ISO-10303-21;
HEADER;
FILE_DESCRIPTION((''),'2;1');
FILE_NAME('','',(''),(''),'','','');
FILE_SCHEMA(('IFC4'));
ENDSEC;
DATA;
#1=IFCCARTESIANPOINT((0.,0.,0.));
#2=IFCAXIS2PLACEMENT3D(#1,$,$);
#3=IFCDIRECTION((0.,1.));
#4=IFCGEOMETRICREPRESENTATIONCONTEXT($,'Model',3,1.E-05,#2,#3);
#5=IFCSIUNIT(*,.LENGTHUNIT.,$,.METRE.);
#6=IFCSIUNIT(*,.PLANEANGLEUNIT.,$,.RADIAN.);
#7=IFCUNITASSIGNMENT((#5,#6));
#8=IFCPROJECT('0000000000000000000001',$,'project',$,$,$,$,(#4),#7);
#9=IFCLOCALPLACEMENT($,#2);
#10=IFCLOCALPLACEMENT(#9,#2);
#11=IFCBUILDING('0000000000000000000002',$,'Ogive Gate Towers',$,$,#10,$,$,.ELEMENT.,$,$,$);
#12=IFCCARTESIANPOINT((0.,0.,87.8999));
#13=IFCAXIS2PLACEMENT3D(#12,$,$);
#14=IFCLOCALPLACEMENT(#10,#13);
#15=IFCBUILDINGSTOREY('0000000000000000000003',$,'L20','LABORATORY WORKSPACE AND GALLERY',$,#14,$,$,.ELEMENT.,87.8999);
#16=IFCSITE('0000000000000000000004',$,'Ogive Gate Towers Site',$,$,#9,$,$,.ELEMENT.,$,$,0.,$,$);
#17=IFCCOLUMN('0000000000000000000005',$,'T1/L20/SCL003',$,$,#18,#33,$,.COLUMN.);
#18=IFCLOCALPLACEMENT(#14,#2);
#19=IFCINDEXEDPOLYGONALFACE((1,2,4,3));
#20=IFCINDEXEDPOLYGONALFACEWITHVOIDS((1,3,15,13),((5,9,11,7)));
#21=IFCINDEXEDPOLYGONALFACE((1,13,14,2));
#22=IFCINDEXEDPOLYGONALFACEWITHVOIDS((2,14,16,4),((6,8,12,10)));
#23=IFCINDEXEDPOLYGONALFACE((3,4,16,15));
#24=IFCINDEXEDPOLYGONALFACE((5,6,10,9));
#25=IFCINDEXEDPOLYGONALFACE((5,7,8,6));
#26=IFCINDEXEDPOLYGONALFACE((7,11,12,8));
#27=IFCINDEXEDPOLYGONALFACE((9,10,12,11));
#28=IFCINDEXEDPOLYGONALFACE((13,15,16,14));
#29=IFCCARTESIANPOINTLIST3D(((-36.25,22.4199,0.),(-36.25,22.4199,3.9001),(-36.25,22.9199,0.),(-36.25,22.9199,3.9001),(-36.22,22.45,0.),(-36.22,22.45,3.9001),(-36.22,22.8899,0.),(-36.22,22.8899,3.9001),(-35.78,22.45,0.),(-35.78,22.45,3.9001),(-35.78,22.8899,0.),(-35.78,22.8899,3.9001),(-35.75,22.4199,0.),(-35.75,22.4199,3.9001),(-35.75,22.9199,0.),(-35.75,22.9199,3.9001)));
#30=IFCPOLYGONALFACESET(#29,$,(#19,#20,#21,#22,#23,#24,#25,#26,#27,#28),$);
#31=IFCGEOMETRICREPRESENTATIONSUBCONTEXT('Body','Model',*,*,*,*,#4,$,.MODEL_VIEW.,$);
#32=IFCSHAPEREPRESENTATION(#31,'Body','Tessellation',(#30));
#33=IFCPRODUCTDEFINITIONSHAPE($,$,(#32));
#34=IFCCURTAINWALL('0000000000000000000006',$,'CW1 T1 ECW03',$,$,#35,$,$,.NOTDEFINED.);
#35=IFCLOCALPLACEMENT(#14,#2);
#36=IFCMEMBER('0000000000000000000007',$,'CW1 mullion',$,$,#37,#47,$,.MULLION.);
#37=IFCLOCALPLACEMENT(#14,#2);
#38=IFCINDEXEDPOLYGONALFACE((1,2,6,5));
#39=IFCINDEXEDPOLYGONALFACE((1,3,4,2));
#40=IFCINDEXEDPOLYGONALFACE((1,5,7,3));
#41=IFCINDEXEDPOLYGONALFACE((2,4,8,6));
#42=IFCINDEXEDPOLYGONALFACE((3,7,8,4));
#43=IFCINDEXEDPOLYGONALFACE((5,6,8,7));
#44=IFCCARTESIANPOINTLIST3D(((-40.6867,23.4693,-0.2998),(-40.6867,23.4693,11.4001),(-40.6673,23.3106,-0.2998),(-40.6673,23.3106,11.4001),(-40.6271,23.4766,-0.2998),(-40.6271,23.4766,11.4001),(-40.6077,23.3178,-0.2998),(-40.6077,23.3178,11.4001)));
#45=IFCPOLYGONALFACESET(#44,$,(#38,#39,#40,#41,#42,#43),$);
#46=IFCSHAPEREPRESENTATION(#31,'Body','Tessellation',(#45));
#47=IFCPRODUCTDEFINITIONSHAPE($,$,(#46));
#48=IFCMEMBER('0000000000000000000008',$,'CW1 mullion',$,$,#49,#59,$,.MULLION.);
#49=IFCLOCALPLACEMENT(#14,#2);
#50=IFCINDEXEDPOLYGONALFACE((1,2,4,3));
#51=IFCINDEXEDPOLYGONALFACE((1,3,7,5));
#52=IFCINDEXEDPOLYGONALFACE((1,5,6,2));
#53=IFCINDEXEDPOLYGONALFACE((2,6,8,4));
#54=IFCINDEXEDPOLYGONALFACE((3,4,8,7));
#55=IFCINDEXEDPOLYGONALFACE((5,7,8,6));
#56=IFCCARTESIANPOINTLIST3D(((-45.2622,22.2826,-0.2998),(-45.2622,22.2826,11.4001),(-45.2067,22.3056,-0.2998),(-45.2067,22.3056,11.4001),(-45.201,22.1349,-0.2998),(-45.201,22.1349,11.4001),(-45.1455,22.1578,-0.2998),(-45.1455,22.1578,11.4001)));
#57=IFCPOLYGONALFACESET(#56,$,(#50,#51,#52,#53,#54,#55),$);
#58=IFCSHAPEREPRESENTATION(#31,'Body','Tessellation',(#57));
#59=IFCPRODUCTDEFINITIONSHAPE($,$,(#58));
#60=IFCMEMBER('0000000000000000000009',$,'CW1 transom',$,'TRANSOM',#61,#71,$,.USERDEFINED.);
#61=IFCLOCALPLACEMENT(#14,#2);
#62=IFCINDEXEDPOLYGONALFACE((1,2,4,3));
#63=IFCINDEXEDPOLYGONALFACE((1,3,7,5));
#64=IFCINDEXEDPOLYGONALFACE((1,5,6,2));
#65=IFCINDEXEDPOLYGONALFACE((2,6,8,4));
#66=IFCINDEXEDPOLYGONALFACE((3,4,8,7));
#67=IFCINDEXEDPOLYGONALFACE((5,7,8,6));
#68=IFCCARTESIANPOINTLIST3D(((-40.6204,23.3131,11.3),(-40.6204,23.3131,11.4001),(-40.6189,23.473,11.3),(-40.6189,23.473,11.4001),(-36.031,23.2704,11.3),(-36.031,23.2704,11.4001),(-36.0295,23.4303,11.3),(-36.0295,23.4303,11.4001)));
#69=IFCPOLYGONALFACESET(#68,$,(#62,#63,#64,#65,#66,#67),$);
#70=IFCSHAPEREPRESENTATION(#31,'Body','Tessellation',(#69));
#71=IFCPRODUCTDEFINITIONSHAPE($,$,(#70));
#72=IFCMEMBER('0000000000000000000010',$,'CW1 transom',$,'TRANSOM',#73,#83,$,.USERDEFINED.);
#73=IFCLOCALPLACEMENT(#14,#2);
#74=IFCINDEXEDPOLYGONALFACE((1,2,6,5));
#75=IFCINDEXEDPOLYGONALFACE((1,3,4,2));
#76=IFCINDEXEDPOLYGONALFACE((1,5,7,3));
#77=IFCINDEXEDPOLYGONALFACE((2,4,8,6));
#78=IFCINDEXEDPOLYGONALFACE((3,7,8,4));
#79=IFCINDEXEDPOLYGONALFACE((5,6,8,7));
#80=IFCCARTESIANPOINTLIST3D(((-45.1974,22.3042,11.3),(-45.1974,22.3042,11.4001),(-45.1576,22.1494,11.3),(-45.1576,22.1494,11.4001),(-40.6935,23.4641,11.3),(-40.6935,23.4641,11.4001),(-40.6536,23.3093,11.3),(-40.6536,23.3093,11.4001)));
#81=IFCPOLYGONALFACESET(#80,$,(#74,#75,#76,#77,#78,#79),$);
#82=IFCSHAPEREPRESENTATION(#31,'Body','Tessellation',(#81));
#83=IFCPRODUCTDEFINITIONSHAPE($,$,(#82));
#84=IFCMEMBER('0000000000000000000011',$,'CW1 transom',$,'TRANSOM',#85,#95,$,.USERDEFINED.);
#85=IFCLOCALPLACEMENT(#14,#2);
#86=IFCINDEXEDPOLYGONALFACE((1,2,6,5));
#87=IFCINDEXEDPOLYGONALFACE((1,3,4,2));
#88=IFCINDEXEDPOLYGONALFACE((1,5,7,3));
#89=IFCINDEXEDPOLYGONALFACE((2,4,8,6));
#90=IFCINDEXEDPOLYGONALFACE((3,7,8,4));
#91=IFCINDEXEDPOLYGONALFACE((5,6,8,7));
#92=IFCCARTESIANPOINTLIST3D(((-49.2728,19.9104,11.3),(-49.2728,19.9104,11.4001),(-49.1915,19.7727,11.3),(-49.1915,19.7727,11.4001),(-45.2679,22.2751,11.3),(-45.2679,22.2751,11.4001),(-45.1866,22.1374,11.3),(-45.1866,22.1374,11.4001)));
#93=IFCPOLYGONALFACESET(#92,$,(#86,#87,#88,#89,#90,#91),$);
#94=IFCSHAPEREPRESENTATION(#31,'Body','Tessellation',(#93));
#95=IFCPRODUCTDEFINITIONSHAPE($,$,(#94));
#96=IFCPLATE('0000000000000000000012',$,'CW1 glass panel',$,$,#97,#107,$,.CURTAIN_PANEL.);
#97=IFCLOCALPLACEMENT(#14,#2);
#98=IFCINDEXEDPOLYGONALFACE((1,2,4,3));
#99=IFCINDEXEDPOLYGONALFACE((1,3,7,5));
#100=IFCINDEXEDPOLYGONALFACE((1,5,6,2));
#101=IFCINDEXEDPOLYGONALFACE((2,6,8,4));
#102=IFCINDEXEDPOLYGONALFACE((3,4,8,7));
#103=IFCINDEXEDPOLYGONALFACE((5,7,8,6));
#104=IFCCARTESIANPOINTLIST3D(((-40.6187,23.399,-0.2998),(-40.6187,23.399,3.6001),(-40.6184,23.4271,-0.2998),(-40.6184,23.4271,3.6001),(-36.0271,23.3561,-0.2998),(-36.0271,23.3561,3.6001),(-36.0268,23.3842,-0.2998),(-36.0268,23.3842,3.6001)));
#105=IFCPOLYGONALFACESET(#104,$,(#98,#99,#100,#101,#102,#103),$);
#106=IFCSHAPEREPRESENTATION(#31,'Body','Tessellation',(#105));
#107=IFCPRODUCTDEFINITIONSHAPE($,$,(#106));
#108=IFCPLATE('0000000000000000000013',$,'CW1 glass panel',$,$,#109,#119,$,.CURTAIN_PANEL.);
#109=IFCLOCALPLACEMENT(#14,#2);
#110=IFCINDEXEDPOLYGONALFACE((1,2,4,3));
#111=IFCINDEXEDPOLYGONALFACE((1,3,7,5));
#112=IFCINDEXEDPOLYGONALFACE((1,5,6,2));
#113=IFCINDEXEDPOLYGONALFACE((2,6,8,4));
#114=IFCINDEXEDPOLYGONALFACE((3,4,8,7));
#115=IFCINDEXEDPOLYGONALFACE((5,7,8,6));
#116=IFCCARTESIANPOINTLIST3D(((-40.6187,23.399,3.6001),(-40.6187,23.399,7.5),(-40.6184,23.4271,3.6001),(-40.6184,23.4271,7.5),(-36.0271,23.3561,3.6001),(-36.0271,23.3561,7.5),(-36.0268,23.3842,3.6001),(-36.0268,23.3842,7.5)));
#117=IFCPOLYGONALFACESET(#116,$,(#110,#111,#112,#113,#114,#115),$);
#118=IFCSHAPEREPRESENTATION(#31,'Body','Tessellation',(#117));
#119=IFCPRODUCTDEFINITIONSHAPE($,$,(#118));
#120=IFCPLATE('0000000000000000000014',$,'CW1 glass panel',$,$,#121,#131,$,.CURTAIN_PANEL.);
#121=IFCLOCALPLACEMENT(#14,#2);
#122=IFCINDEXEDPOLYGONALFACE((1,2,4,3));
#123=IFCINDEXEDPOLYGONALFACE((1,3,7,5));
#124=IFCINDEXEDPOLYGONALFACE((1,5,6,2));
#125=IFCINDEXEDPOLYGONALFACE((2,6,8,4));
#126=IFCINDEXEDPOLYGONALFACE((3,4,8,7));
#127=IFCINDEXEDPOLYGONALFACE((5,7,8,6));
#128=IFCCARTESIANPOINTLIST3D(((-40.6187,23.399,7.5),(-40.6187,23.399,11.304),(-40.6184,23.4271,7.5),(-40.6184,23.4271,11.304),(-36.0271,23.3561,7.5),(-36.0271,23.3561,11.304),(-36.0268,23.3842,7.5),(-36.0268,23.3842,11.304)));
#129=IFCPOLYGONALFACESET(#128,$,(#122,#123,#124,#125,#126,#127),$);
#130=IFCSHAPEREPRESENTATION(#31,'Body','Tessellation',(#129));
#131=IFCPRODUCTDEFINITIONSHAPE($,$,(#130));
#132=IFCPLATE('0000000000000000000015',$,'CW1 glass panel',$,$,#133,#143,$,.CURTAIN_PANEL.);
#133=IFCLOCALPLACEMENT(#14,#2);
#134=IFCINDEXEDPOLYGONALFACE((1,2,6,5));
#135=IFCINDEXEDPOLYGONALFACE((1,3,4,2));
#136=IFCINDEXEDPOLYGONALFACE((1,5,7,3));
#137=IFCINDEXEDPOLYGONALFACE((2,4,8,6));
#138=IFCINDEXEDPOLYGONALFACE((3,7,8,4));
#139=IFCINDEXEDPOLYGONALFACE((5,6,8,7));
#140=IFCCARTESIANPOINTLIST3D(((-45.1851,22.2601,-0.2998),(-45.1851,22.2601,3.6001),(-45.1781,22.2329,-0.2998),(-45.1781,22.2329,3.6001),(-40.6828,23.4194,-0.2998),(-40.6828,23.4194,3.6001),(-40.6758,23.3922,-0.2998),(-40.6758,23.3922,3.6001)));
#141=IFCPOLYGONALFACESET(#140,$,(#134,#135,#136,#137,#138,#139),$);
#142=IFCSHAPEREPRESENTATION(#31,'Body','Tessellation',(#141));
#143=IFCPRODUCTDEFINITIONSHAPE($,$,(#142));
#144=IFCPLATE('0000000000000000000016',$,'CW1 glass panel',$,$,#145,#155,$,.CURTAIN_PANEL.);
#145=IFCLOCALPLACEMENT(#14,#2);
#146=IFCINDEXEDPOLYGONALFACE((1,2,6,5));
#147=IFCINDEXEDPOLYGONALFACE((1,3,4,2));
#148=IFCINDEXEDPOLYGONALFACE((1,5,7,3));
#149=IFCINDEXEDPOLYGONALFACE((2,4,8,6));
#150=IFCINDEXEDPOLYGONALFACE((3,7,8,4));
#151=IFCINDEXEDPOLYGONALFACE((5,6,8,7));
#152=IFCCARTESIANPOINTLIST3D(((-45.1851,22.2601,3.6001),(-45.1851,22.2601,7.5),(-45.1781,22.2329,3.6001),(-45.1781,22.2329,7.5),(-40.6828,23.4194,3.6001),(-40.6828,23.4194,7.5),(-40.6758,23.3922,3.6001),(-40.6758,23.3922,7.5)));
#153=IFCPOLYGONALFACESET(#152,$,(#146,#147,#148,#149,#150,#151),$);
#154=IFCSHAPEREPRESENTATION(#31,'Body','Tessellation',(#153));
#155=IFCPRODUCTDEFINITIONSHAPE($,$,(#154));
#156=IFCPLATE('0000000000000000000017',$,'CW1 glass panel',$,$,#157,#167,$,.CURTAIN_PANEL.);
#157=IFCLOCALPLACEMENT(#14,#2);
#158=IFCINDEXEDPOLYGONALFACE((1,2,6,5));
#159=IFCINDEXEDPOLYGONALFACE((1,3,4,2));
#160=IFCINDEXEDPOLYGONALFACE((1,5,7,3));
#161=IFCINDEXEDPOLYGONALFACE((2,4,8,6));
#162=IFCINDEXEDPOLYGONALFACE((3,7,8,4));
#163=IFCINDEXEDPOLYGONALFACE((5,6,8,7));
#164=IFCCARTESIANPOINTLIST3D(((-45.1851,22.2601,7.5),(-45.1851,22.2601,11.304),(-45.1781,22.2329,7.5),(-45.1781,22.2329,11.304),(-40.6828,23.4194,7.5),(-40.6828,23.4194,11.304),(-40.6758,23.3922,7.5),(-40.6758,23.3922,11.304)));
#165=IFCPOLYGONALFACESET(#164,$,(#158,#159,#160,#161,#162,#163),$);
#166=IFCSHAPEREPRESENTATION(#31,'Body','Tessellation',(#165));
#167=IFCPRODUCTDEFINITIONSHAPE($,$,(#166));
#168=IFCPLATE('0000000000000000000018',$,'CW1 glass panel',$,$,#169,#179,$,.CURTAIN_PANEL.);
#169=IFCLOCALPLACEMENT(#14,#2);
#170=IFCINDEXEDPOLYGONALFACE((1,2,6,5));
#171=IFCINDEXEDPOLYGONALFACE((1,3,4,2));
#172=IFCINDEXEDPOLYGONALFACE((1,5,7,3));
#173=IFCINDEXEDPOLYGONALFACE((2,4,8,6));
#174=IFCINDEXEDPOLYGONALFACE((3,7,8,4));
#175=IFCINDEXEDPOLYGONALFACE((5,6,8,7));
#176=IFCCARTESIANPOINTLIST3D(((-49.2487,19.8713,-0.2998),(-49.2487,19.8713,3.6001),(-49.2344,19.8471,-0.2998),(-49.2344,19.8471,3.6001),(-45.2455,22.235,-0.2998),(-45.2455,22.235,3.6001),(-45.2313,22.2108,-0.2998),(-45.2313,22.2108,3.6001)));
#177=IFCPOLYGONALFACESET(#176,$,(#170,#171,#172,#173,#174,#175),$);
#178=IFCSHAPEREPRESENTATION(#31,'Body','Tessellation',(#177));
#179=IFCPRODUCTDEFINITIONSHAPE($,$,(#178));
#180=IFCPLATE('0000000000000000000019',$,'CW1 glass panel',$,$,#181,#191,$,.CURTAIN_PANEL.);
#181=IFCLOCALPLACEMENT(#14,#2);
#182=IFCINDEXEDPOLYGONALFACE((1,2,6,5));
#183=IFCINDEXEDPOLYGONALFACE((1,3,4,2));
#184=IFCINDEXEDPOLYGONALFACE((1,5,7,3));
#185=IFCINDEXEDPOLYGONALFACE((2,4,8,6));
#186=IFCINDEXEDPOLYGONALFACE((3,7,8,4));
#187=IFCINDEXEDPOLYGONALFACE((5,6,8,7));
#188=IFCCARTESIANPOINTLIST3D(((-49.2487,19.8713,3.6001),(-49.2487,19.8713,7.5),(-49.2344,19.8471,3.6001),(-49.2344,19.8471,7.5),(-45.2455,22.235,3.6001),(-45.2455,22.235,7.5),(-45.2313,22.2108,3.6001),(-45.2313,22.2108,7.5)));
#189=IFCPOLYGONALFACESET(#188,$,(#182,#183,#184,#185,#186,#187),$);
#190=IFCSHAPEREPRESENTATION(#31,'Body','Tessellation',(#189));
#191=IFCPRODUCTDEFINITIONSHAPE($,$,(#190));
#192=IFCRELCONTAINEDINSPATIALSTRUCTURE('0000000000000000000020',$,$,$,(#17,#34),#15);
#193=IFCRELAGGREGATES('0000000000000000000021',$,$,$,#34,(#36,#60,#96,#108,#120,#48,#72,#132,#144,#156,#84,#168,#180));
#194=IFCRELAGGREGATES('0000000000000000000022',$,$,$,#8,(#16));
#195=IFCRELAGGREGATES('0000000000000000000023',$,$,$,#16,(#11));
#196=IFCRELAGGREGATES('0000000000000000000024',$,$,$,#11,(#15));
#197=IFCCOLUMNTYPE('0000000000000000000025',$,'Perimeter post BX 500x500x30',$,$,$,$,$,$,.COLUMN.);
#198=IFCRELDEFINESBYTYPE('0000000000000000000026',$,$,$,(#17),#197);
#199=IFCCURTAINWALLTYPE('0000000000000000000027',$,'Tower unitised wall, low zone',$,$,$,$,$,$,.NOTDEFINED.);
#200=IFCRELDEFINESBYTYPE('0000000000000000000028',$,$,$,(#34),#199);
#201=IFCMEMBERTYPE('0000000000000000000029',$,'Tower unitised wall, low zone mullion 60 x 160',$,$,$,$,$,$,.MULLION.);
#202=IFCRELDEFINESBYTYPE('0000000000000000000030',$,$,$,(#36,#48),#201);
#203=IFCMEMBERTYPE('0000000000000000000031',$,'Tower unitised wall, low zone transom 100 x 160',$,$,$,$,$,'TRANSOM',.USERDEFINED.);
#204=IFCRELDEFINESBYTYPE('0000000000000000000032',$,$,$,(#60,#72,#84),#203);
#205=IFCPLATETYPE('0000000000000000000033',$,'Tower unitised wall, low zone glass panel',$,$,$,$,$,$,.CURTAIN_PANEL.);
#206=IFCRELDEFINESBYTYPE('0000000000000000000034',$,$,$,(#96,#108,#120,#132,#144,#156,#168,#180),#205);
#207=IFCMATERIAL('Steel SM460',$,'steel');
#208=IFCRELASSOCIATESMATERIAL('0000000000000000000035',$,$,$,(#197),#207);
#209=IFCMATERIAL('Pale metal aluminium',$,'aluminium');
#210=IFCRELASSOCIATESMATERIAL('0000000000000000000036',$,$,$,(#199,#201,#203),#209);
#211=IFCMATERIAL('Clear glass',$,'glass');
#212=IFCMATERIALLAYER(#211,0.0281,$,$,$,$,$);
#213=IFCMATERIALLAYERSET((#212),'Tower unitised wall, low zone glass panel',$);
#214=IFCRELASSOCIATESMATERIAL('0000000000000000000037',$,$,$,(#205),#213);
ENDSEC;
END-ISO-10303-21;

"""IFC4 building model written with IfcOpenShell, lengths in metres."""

from ifc_helpers import new_model, si_unit, direction, frame, origin, origin_2d, place, context, subcontext, project, spatial, rectangle, hollow_rectangle, extrude, material, layer, layer_set, material_profile, profile_set, type_object, element, aggregate, save


model = new_model("IFC4")

# Units and contexts
model_context = context("Model", 3, precision=1e-05, world=origin(), true_north=direction((0.0, 1.0)))
body_context = subcontext(model_context, "Body", "Model", "MODEL_VIEW")
ifc_project = project(units=[si_unit("LENGTHUNIT", "METRE"), si_unit("PLANEANGLEUNIT", "RADIAN")], contexts=[model_context])

# Site, building, storey
site_placement = place(None, origin())
site = spatial("IfcSite", under=ifc_project, at=site_placement, Name="Ogive Gate Towers Site", CompositionType="ELEMENT", RefElevation=0.0)
building_placement = place(site_placement, origin())
building = spatial("IfcBuilding", under=site, at=building_placement, Name="Ogive Gate Towers", CompositionType="ELEMENT")
storey_placement = place(building_placement, frame((0.0, 0.0, 87.8999)))
storey = spatial("IfcBuildingStorey", under=building, at=storey_placement, Name="L20", Description="LABORATORY WORKSPACE AND GALLERY", CompositionType="ELEMENT", Elevation=87.8999)

# Column
ifc_material_1 = material(Name="Steel SM460", Category="steel")
ifc_material_profile_1 = material_profile(ifc_material_1, hollow_rectangle(XDim=0.5, YDim=0.5, WallThickness=0.03, at=origin_2d()), Name="BX 500x500x30")
ifc_profile_set_1 = profile_set([ifc_material_profile_1], Name="Steel SM460")
column_type = type_object("IfcColumnType", Name="Perimeter post BX 500x500x30", PredefinedType="COLUMN", material=ifc_profile_set_1)
column_placement = place(storey_placement, frame((-36.0, 22.6699, 0.0), z_axis=(0.0, 0.0, 1.0), x_axis=(1.0, 0.0, 0.0)))
element("IfcColumn", 1, at=column_placement, inside=storey, type_object=column_type, Name="T1/L20/SCL003", PredefinedType="COLUMN", context=body_context, shape_type="SweptSolid", body=[
    extrude(hollow_rectangle(XDim=0.5, YDim=0.5, WallThickness=0.03, at=origin_2d()), origin(), (0.0, 0.0, 1.0), 3.9001),
])

# Curtain wall, members, plates
ifc_material_2 = material(Name="Pale metal aluminium", Category="aluminium")
curtain_wall_type = type_object("IfcCurtainWallType", Name="Tower unitised wall, low zone", PredefinedType="NOTDEFINED", material=ifc_material_2)
curtain_wall_placement = place(storey_placement, origin())
curtain_wall = element("IfcCurtainWall", 2, at=curtain_wall_placement, inside=storey, type_object=curtain_wall_type, Name="CW1 T1 ECW03", PredefinedType="NOTDEFINED")
ifc_material_profile_2 = material_profile(ifc_material_2, rectangle(XDim=0.1599, YDim=0.0601, at=origin_2d()), Name="60 x 160 aluminium box")
ifc_profile_set_2 = profile_set([ifc_material_profile_2], Name="Pale metal aluminium")
member_type_1 = type_object("IfcMemberType", Name="Tower unitised wall, low zone mullion 60 x 160", PredefinedType="MULLION", material=ifc_profile_set_2)
member_1_placement = place(storey_placement, frame((-40.6472, 23.3936, -0.2998), z_axis=(0.0, 0.0, 1.0), x_axis=(-0.121038, 0.992648, 0.0)))
member_1 = element("IfcMember", 3, at=member_1_placement, type_object=member_type_1, Name="CW1 mullion", PredefinedType="MULLION", context=body_context, shape_type="SweptSolid", body=[
    extrude(rectangle(XDim=0.1599, YDim=0.0601, at=origin_2d()), origin(), (0.0, 0.0, 1.0), 11.7),
])
member_2_placement = place(storey_placement, frame((-45.2039, 22.2202, -0.2998), z_axis=(0.0, 0.0, 1.0), x_axis=(-0.382683, 0.92388, 0.0)))
member_2 = element("IfcMember", 4, at=member_2_placement, type_object=member_type_1, Name="CW1 mullion", PredefinedType="MULLION", context=body_context, shape_type="SweptSolid", body=[
    extrude(rectangle(XDim=0.1599, YDim=0.0601, at=origin_2d()), origin(), (0.0, 0.0, 1.0), 11.7),
])
ifc_material_profile_3 = material_profile(ifc_material_2, rectangle(XDim=0.1599, YDim=0.1001, at=origin_2d()), Name="100 x 160 aluminium box")
ifc_profile_set_3 = profile_set([ifc_material_profile_3], Name="Pale metal aluminium")
member_type_2 = type_object("IfcMemberType", Name="Tower unitised wall, low zone transom 100 x 160", ElementType="TRANSOM", PredefinedType="USERDEFINED", material=ifc_profile_set_3)
member_3_placement = place(storey_placement, frame((-36.0303, 23.3503, 11.3501), z_axis=(-0.999957, 0.009309, 0.0), x_axis=(-0.009309, -0.999957, 0.0)))
member_3 = element("IfcMember", 5, at=member_3_placement, type_object=member_type_2, Name="CW1 transom", ObjectType="TRANSOM", PredefinedType="USERDEFINED", context=body_context, shape_type="SweptSolid", body=[
    extrude(rectangle(XDim=0.1599, YDim=0.1001, at=origin_2d()), origin(), (0.0, 0.0, 1.0), 4.5896),
])
member_4_placement = place(storey_placement, frame((-40.6736, 23.3867, 11.3501), z_axis=(-0.968401, -0.249397, 0.0), x_axis=(0.249397, -0.968401, 0.0)))
member_4 = element("IfcMember", 6, at=member_4_placement, type_object=member_type_2, Name="CW1 transom", ObjectType="TRANSOM", PredefinedType="USERDEFINED", context=body_context, shape_type="SweptSolid", body=[
    extrude(rectangle(XDim=0.1599, YDim=0.1001, at=origin_2d()), origin(), (0.0, 0.0, 1.0), 4.6509),
])
member_5_placement = place(storey_placement, frame((-45.2273, 22.2063, 11.3501), z_axis=(-0.861094, -0.508446, 0.0), x_axis=(0.508446, -0.861094, 0.0)))
member_5 = element("IfcMember", 7, at=member_5_placement, type_object=member_type_2, Name="CW1 transom", ObjectType="TRANSOM", PredefinedType="USERDEFINED", context=body_context, shape_type="SweptSolid", body=[
    extrude(rectangle(XDim=0.1599, YDim=0.1001, at=origin_2d()), origin(), (0.0, 0.0, 1.0), 4.6509),
])
ifc_material_3 = material(Name="Clear glass", Category="glass")
ifc_layer_1 = layer(ifc_material_3, 0.0281)
ifc_layer_set_1 = layer_set([ifc_layer_1], Name="Tower unitised wall, low zone glass panel")
plate_type = type_object("IfcPlateType", Name="Tower unitised wall, low zone glass panel", PredefinedType="CURTAIN_PANEL", material=ifc_layer_set_1)
plate_1_placement = place(storey_placement, frame((-38.3228, 23.3916, -0.2998), z_axis=(0.0, 0.0, 1.0), x_axis=(-0.999956, 0.009337, 0.0)))
plate_1 = element("IfcPlate", 8, at=plate_1_placement, type_object=plate_type, Name="CW1 glass panel", PredefinedType="CURTAIN_PANEL", context=body_context, shape_type="SweptSolid", body=[
    extrude(rectangle(XDim=4.5918, YDim=0.0281, at=origin_2d()), origin(), (0.0, 0.0, 1.0), 3.8999),
])
plate_2_placement = place(storey_placement, frame((-38.3228, 23.3916, 3.6001), z_axis=(0.0, 0.0, 1.0), x_axis=(-0.999956, 0.009337, 0.0)))
plate_2 = element("IfcPlate", 9, at=plate_2_placement, type_object=plate_type, Name="CW1 glass panel", PredefinedType="CURTAIN_PANEL", context=body_context, shape_type="SweptSolid", body=[
    extrude(rectangle(XDim=4.5918, YDim=0.0281, at=origin_2d()), origin(), (0.0, 0.0, 1.0), 3.8999),
])
plate_3_placement = place(storey_placement, frame((-38.3228, 23.3916, 7.5), z_axis=(0.0, 0.0, 1.0), x_axis=(-0.999956, 0.009337, 0.0)))
plate_3 = element("IfcPlate", 10, at=plate_3_placement, type_object=plate_type, Name="CW1 glass panel", PredefinedType="CURTAIN_PANEL", context=body_context, shape_type="SweptSolid", body=[
    extrude(rectangle(XDim=4.5918, YDim=0.0281, at=origin_2d()), origin(), (0.0, 0.0, 1.0), 3.804),
])
plate_4_placement = place(storey_placement, frame((-42.9304, 22.8262, -0.2998), z_axis=(0.0, 0.0, 1.0), x_axis=(-0.968414, -0.249349, 0.0)))
plate_4 = element("IfcPlate", 11, at=plate_4_placement, type_object=plate_type, Name="CW1 glass panel", PredefinedType="CURTAIN_PANEL", context=body_context, shape_type="SweptSolid", body=[
    extrude(rectangle(XDim=4.6492, YDim=0.0281, at=origin_2d()), origin(), (0.0, 0.0, 1.0), 3.8999),
])
plate_5_placement = place(storey_placement, frame((-42.9304, 22.8262, 3.6001), z_axis=(0.0, 0.0, 1.0), x_axis=(-0.968414, -0.249349, 0.0)))
plate_5 = element("IfcPlate", 12, at=plate_5_placement, type_object=plate_type, Name="CW1 glass panel", PredefinedType="CURTAIN_PANEL", context=body_context, shape_type="SweptSolid", body=[
    extrude(rectangle(XDim=4.6492, YDim=0.0281, at=origin_2d()), origin(), (0.0, 0.0, 1.0), 3.8999),
])
plate_6_placement = place(storey_placement, frame((-42.9304, 22.8262, 7.5), z_axis=(0.0, 0.0, 1.0), x_axis=(-0.968414, -0.249349, 0.0)))
plate_6 = element("IfcPlate", 13, at=plate_6_placement, type_object=plate_type, Name="CW1 glass panel", PredefinedType="CURTAIN_PANEL", context=body_context, shape_type="SweptSolid", body=[
    extrude(rectangle(XDim=4.6492, YDim=0.0281, at=origin_2d()), origin(), (0.0, 0.0, 1.0), 3.804),
])
plate_7_placement = place(storey_placement, frame((-47.24, 21.041, -0.2998), z_axis=(0.0, 0.0, 1.0), x_axis=(-0.861097, -0.50844, 0.0)))
plate_7 = element("IfcPlate", 14, at=plate_7_placement, type_object=plate_type, Name="CW1 glass panel", PredefinedType="CURTAIN_PANEL", context=body_context, shape_type="SweptSolid", body=[
    extrude(rectangle(XDim=4.6489, YDim=0.0281, at=origin_2d()), origin(), (0.0, 0.0, 1.0), 3.8999),
])
plate_8_placement = place(storey_placement, frame((-47.24, 21.041, 3.6001), z_axis=(0.0, 0.0, 1.0), x_axis=(-0.861097, -0.50844, 0.0)))
plate_8 = element("IfcPlate", 15, at=plate_8_placement, type_object=plate_type, Name="CW1 glass panel", PredefinedType="CURTAIN_PANEL", context=body_context, shape_type="SweptSolid", body=[
    extrude(rectangle(XDim=4.6489, YDim=0.0281, at=origin_2d()), origin(), (0.0, 0.0, 1.0), 3.8999),
])
aggregate(curtain_wall, [member_1, member_3, plate_1, plate_2, plate_3, member_2, member_4, plate_4, plate_5, plate_6, member_5, plate_7, plate_8])

save(model, "model.ifc")
